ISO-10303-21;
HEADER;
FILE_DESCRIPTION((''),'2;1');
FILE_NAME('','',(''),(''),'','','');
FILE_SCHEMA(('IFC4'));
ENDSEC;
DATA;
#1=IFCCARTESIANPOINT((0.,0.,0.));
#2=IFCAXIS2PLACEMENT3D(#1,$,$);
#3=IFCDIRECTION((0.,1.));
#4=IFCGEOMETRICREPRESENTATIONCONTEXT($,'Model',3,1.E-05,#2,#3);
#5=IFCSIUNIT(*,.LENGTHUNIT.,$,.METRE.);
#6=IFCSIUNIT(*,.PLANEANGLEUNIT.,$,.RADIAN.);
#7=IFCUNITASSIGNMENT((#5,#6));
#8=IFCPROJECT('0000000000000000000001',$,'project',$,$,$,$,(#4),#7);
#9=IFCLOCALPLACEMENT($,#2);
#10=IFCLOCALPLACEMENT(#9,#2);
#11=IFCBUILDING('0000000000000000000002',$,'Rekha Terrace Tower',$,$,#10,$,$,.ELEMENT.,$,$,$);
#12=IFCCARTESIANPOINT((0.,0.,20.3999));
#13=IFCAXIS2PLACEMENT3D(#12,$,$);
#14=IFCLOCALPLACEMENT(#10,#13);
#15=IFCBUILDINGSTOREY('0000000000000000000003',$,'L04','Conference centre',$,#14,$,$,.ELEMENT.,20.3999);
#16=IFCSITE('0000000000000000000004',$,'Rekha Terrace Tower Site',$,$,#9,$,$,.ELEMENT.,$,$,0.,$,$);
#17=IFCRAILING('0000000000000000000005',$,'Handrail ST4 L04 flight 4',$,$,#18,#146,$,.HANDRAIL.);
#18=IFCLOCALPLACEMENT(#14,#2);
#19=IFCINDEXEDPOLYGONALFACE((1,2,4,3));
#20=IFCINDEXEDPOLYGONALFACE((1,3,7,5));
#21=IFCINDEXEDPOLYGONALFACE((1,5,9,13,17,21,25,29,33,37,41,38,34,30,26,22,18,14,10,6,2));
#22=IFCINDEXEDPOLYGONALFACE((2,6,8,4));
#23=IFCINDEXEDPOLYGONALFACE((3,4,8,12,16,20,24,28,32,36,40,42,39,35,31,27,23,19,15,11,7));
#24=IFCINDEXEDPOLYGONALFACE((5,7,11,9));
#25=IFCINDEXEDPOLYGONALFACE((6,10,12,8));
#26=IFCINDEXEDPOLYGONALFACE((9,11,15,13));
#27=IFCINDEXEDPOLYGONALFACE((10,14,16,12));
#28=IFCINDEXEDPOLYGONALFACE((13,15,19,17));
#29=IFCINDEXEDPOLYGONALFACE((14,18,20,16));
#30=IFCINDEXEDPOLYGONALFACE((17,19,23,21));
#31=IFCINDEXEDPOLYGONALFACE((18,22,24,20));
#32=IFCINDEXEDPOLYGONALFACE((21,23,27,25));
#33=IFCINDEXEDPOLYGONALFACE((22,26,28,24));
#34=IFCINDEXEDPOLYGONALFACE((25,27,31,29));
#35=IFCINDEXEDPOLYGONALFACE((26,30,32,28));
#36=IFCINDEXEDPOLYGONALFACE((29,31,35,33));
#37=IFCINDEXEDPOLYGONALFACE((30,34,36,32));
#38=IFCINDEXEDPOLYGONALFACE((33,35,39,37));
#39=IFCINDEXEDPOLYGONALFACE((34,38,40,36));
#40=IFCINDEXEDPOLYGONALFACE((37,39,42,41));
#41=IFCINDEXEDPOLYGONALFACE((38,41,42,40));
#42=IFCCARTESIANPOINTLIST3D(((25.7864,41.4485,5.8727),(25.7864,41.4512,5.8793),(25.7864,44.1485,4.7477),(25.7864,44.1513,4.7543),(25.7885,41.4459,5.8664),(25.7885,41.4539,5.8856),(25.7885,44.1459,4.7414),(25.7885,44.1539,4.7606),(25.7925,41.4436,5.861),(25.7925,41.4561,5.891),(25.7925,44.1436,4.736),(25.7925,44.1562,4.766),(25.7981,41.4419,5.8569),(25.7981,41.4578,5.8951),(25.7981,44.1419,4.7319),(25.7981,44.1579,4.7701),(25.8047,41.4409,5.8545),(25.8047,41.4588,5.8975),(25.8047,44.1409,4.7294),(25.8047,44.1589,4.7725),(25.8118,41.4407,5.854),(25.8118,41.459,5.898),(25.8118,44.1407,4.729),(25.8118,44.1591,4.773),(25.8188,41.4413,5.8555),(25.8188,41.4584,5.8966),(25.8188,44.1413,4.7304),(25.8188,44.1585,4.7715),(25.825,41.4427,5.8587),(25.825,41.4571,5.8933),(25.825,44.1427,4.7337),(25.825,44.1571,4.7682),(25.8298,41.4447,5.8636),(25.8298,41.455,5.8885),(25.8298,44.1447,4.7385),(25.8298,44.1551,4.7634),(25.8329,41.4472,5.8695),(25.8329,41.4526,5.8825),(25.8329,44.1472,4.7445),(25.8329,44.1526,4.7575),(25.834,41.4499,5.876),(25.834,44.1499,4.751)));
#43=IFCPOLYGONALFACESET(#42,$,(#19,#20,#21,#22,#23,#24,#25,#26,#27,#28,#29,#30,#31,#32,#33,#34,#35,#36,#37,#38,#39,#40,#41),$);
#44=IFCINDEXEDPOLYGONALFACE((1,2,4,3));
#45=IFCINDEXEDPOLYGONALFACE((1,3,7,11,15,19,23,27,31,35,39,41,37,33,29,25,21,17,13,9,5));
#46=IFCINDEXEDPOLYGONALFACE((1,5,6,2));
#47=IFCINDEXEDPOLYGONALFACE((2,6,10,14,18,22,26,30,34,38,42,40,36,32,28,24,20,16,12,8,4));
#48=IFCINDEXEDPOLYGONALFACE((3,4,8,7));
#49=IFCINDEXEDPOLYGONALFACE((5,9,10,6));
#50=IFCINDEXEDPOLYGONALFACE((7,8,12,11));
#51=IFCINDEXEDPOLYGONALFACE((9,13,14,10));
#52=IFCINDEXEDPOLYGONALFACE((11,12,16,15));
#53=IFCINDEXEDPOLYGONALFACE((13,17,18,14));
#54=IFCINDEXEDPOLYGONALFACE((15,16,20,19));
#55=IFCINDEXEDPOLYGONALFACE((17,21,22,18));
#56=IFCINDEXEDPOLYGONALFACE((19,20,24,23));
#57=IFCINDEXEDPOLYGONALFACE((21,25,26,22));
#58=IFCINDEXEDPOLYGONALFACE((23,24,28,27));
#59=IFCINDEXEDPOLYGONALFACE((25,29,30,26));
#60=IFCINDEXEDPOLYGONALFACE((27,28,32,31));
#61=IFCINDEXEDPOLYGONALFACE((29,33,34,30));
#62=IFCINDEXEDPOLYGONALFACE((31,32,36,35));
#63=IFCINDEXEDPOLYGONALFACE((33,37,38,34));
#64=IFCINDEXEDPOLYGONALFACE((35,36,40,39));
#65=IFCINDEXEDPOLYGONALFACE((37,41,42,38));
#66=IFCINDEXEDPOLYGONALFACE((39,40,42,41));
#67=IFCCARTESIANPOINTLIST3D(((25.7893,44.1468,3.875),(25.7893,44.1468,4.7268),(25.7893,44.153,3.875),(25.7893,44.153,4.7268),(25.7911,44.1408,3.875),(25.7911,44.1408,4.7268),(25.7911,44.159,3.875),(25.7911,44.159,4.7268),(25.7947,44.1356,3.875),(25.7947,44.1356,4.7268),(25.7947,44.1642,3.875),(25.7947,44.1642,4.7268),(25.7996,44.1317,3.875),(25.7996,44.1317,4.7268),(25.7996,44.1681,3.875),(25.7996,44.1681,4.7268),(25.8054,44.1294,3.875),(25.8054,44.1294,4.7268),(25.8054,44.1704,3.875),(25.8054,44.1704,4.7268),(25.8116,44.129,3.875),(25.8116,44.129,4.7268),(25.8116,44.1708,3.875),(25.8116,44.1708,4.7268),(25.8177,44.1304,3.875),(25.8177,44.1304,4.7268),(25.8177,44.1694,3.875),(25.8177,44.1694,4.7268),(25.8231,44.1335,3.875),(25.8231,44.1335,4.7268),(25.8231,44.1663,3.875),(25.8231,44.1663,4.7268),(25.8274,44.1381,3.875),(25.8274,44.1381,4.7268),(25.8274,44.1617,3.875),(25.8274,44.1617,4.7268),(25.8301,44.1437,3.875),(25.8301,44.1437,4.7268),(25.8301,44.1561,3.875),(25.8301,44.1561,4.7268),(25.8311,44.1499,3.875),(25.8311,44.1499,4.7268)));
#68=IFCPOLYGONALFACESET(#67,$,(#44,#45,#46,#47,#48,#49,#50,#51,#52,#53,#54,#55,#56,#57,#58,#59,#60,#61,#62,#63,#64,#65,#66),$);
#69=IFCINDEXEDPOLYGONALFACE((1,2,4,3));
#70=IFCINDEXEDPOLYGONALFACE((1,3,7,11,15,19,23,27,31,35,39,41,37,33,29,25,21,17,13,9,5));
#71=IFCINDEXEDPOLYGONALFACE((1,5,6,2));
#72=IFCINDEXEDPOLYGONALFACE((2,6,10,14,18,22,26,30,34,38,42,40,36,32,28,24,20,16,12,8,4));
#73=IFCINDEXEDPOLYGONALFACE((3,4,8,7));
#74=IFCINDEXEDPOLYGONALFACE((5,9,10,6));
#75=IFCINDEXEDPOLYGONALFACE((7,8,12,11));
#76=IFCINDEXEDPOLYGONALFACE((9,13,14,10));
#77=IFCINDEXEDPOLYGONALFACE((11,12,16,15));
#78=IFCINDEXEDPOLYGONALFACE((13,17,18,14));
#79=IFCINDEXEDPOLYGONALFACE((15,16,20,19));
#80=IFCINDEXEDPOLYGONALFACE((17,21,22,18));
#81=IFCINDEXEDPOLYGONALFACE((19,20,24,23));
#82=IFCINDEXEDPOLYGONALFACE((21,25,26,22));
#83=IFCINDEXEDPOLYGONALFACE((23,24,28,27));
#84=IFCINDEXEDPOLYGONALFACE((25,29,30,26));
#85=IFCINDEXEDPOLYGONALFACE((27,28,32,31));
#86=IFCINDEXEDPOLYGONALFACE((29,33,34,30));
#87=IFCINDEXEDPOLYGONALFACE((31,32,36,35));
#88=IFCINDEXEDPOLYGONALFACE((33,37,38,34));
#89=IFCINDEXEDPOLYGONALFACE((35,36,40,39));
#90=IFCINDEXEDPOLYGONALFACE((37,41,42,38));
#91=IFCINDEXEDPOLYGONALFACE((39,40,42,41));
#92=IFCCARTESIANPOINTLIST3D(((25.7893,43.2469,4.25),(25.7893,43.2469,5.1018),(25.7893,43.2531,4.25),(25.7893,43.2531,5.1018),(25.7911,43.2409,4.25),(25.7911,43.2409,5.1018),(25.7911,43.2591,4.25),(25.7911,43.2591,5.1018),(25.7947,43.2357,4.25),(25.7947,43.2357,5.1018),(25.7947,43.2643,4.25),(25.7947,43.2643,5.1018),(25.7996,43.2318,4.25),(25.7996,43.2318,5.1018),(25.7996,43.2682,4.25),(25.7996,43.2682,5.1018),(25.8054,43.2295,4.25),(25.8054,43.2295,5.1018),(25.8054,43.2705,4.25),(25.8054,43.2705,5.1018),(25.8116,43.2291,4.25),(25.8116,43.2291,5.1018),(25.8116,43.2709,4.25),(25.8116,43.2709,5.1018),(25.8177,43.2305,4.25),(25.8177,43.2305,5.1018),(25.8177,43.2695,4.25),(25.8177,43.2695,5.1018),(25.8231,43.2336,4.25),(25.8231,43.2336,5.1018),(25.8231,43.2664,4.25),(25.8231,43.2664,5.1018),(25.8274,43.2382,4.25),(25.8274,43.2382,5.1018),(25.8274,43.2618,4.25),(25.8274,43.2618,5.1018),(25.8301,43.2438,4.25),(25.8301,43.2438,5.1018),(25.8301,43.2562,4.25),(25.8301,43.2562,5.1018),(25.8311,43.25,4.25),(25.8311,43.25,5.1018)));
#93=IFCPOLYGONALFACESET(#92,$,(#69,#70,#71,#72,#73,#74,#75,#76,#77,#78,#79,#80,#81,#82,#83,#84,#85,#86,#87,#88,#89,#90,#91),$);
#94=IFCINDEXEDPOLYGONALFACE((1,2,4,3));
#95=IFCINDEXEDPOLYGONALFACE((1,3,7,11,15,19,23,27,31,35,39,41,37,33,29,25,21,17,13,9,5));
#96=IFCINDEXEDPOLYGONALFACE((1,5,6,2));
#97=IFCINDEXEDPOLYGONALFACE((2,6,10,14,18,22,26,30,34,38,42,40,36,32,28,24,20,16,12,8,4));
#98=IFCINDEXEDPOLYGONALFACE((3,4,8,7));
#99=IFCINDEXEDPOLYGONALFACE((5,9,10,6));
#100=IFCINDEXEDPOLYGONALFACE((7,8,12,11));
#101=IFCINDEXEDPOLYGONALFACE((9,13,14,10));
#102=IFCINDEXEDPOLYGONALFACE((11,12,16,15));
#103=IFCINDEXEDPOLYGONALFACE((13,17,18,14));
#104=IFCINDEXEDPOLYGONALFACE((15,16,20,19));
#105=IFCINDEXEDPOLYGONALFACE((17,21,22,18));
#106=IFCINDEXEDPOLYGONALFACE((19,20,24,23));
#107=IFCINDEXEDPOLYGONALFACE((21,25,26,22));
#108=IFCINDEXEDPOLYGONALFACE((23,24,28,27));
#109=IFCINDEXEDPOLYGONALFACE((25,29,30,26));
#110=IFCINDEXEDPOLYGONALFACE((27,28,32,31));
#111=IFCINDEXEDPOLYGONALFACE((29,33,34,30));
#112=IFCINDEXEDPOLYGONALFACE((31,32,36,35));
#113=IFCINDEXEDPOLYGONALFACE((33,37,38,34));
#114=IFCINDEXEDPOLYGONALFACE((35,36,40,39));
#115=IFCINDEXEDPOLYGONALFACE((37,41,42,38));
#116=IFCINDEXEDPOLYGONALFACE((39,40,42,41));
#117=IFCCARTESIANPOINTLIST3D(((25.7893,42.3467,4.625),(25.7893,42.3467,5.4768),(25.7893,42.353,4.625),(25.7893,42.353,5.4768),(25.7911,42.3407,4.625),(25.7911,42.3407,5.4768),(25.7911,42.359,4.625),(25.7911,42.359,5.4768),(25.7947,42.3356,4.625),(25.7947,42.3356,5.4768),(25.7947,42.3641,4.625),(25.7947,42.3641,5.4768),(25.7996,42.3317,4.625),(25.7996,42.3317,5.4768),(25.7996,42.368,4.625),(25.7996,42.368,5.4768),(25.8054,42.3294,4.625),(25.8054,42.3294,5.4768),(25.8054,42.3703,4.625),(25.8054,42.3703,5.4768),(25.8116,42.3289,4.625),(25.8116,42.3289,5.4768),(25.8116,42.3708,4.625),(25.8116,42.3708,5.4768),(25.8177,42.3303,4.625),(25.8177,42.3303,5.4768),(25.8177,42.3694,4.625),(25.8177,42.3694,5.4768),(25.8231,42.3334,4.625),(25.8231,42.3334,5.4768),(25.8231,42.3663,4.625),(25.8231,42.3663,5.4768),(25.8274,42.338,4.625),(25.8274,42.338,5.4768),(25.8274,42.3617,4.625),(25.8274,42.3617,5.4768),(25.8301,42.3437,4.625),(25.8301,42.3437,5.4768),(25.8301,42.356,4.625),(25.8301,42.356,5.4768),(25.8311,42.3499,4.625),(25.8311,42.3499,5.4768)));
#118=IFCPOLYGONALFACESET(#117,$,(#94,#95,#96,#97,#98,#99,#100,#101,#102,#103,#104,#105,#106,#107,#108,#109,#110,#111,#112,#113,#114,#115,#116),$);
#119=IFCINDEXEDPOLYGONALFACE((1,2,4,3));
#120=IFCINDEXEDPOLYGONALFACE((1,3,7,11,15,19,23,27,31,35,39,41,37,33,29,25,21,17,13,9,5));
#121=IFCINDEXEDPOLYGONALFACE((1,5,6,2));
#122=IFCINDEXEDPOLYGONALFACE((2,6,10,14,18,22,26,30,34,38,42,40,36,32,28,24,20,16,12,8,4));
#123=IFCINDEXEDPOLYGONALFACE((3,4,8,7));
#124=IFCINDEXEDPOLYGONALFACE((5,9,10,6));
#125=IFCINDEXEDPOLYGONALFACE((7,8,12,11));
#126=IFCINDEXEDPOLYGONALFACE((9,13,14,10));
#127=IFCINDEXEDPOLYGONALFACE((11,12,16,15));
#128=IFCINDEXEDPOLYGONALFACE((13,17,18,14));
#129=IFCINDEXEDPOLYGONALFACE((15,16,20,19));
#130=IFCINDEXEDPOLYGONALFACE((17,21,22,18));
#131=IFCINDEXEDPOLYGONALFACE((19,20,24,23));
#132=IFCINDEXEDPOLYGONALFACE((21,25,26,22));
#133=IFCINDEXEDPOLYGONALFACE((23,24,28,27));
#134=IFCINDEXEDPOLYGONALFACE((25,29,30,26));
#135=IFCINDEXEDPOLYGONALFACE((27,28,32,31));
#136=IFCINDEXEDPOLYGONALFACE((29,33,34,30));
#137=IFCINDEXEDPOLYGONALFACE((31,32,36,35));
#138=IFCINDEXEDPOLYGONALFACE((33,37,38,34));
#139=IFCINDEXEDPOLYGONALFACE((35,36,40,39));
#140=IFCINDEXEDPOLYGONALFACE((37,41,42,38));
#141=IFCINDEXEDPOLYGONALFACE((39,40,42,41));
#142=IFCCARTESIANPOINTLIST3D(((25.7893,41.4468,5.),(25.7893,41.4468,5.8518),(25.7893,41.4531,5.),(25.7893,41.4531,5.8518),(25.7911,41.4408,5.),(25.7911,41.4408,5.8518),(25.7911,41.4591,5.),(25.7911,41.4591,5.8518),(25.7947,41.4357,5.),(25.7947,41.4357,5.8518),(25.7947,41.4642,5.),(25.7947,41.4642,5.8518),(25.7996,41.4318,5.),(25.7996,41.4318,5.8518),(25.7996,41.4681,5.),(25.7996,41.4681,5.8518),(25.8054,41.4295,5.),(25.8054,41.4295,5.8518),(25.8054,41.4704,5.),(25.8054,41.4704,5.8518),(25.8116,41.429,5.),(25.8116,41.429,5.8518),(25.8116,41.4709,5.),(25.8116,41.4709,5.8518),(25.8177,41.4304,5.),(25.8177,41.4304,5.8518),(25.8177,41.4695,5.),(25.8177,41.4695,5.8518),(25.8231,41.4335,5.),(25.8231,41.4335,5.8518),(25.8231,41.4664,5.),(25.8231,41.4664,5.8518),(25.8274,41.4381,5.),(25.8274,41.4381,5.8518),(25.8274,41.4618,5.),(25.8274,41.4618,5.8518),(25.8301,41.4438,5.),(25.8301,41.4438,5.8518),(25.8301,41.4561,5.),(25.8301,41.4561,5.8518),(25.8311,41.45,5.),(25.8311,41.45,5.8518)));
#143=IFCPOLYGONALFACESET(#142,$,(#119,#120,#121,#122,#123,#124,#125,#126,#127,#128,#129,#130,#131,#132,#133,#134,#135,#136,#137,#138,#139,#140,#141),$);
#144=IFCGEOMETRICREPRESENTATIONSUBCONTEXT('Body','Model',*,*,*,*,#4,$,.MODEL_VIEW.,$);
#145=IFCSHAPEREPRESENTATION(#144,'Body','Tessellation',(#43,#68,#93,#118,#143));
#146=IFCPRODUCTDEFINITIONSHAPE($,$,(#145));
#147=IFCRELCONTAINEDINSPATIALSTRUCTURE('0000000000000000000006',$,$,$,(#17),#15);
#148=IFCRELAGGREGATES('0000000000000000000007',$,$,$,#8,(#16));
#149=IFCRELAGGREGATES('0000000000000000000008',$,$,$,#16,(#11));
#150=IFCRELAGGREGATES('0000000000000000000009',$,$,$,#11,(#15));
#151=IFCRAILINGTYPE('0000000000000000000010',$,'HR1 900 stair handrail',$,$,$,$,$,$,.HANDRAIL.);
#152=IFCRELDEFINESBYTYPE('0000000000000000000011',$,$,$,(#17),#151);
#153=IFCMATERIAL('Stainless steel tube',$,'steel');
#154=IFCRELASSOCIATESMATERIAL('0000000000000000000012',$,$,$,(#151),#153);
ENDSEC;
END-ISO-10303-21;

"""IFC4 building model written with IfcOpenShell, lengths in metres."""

from ifc_helpers import new_model, si_unit, direction, frame, origin, origin_2d, place, context, subcontext, project, spatial, circle, extrude, material, type_object, element, save


model = new_model("IFC4")

# Units and contexts
model_context = context("Model", 3, precision=1e-05, world=origin(), true_north=direction((0.0, 1.0)))
body_context = subcontext(model_context, "Body", "Model", "MODEL_VIEW")
ifc_project = project(units=[si_unit("LENGTHUNIT", "METRE"), si_unit("PLANEANGLEUNIT", "RADIAN")], contexts=[model_context])

# Site, building, storey
site_placement = place(None, origin())
site = spatial("IfcSite", under=ifc_project, at=site_placement, Name="Rekha Terrace Tower Site", CompositionType="ELEMENT", RefElevation=0.0)
building_placement = place(site_placement, origin())
building = spatial("IfcBuilding", under=site, at=building_placement, Name="Rekha Terrace Tower", CompositionType="ELEMENT")
storey_placement = place(building_placement, frame((0.0, 0.0, 20.3999)))
storey = spatial("IfcBuildingStorey", under=building, at=storey_placement, Name="L04", Description="Conference centre", CompositionType="ELEMENT", Elevation=20.3999)

# Railing
ifc_material_1 = material(Name="Stainless steel tube", Category="steel")
railing_type_1 = type_object("IfcRailingType", Name="HR1 900 stair handrail", PredefinedType="HANDRAIL", material=ifc_material_1)
railing_1_placement = place(storey_placement, frame((25.8101, 44.1499, 3.875)))
element("IfcRailing", 1, at=railing_1_placement, inside=storey, type_object=railing_type_1, Name="Handrail ST4 L04 flight 4", PredefinedType="HANDRAIL", context=body_context, shape_type="SweptSolid", body=[
    extrude(circle(Radius=0.0239, at=origin_2d()), frame((0.0, 0.0, 0.876), z_axis=(0.0, -0.923074, 0.384621), x_axis=(1.0, 0.0, 0.0)), (0.0, 0.0, 1.0), 2.925),
    extrude(circle(Radius=0.021, at=origin_2d()), origin(), (0.0, 0.0, 1.0), 0.8518),
    extrude(circle(Radius=0.021, at=origin_2d()), frame((0.0, -0.8999, 0.375)), (0.0, 0.0, 1.0), 0.8518),
    extrude(circle(Radius=0.021, at=origin_2d()), frame((0.0, -1.8, 0.75)), (0.0, 0.0, 1.0), 0.8518),
    extrude(circle(Radius=0.021, at=origin_2d()), frame((0.0, -2.7, 1.125)), (0.0, 0.0, 1.0), 0.8518),
])

save(model, "model.ifc")
